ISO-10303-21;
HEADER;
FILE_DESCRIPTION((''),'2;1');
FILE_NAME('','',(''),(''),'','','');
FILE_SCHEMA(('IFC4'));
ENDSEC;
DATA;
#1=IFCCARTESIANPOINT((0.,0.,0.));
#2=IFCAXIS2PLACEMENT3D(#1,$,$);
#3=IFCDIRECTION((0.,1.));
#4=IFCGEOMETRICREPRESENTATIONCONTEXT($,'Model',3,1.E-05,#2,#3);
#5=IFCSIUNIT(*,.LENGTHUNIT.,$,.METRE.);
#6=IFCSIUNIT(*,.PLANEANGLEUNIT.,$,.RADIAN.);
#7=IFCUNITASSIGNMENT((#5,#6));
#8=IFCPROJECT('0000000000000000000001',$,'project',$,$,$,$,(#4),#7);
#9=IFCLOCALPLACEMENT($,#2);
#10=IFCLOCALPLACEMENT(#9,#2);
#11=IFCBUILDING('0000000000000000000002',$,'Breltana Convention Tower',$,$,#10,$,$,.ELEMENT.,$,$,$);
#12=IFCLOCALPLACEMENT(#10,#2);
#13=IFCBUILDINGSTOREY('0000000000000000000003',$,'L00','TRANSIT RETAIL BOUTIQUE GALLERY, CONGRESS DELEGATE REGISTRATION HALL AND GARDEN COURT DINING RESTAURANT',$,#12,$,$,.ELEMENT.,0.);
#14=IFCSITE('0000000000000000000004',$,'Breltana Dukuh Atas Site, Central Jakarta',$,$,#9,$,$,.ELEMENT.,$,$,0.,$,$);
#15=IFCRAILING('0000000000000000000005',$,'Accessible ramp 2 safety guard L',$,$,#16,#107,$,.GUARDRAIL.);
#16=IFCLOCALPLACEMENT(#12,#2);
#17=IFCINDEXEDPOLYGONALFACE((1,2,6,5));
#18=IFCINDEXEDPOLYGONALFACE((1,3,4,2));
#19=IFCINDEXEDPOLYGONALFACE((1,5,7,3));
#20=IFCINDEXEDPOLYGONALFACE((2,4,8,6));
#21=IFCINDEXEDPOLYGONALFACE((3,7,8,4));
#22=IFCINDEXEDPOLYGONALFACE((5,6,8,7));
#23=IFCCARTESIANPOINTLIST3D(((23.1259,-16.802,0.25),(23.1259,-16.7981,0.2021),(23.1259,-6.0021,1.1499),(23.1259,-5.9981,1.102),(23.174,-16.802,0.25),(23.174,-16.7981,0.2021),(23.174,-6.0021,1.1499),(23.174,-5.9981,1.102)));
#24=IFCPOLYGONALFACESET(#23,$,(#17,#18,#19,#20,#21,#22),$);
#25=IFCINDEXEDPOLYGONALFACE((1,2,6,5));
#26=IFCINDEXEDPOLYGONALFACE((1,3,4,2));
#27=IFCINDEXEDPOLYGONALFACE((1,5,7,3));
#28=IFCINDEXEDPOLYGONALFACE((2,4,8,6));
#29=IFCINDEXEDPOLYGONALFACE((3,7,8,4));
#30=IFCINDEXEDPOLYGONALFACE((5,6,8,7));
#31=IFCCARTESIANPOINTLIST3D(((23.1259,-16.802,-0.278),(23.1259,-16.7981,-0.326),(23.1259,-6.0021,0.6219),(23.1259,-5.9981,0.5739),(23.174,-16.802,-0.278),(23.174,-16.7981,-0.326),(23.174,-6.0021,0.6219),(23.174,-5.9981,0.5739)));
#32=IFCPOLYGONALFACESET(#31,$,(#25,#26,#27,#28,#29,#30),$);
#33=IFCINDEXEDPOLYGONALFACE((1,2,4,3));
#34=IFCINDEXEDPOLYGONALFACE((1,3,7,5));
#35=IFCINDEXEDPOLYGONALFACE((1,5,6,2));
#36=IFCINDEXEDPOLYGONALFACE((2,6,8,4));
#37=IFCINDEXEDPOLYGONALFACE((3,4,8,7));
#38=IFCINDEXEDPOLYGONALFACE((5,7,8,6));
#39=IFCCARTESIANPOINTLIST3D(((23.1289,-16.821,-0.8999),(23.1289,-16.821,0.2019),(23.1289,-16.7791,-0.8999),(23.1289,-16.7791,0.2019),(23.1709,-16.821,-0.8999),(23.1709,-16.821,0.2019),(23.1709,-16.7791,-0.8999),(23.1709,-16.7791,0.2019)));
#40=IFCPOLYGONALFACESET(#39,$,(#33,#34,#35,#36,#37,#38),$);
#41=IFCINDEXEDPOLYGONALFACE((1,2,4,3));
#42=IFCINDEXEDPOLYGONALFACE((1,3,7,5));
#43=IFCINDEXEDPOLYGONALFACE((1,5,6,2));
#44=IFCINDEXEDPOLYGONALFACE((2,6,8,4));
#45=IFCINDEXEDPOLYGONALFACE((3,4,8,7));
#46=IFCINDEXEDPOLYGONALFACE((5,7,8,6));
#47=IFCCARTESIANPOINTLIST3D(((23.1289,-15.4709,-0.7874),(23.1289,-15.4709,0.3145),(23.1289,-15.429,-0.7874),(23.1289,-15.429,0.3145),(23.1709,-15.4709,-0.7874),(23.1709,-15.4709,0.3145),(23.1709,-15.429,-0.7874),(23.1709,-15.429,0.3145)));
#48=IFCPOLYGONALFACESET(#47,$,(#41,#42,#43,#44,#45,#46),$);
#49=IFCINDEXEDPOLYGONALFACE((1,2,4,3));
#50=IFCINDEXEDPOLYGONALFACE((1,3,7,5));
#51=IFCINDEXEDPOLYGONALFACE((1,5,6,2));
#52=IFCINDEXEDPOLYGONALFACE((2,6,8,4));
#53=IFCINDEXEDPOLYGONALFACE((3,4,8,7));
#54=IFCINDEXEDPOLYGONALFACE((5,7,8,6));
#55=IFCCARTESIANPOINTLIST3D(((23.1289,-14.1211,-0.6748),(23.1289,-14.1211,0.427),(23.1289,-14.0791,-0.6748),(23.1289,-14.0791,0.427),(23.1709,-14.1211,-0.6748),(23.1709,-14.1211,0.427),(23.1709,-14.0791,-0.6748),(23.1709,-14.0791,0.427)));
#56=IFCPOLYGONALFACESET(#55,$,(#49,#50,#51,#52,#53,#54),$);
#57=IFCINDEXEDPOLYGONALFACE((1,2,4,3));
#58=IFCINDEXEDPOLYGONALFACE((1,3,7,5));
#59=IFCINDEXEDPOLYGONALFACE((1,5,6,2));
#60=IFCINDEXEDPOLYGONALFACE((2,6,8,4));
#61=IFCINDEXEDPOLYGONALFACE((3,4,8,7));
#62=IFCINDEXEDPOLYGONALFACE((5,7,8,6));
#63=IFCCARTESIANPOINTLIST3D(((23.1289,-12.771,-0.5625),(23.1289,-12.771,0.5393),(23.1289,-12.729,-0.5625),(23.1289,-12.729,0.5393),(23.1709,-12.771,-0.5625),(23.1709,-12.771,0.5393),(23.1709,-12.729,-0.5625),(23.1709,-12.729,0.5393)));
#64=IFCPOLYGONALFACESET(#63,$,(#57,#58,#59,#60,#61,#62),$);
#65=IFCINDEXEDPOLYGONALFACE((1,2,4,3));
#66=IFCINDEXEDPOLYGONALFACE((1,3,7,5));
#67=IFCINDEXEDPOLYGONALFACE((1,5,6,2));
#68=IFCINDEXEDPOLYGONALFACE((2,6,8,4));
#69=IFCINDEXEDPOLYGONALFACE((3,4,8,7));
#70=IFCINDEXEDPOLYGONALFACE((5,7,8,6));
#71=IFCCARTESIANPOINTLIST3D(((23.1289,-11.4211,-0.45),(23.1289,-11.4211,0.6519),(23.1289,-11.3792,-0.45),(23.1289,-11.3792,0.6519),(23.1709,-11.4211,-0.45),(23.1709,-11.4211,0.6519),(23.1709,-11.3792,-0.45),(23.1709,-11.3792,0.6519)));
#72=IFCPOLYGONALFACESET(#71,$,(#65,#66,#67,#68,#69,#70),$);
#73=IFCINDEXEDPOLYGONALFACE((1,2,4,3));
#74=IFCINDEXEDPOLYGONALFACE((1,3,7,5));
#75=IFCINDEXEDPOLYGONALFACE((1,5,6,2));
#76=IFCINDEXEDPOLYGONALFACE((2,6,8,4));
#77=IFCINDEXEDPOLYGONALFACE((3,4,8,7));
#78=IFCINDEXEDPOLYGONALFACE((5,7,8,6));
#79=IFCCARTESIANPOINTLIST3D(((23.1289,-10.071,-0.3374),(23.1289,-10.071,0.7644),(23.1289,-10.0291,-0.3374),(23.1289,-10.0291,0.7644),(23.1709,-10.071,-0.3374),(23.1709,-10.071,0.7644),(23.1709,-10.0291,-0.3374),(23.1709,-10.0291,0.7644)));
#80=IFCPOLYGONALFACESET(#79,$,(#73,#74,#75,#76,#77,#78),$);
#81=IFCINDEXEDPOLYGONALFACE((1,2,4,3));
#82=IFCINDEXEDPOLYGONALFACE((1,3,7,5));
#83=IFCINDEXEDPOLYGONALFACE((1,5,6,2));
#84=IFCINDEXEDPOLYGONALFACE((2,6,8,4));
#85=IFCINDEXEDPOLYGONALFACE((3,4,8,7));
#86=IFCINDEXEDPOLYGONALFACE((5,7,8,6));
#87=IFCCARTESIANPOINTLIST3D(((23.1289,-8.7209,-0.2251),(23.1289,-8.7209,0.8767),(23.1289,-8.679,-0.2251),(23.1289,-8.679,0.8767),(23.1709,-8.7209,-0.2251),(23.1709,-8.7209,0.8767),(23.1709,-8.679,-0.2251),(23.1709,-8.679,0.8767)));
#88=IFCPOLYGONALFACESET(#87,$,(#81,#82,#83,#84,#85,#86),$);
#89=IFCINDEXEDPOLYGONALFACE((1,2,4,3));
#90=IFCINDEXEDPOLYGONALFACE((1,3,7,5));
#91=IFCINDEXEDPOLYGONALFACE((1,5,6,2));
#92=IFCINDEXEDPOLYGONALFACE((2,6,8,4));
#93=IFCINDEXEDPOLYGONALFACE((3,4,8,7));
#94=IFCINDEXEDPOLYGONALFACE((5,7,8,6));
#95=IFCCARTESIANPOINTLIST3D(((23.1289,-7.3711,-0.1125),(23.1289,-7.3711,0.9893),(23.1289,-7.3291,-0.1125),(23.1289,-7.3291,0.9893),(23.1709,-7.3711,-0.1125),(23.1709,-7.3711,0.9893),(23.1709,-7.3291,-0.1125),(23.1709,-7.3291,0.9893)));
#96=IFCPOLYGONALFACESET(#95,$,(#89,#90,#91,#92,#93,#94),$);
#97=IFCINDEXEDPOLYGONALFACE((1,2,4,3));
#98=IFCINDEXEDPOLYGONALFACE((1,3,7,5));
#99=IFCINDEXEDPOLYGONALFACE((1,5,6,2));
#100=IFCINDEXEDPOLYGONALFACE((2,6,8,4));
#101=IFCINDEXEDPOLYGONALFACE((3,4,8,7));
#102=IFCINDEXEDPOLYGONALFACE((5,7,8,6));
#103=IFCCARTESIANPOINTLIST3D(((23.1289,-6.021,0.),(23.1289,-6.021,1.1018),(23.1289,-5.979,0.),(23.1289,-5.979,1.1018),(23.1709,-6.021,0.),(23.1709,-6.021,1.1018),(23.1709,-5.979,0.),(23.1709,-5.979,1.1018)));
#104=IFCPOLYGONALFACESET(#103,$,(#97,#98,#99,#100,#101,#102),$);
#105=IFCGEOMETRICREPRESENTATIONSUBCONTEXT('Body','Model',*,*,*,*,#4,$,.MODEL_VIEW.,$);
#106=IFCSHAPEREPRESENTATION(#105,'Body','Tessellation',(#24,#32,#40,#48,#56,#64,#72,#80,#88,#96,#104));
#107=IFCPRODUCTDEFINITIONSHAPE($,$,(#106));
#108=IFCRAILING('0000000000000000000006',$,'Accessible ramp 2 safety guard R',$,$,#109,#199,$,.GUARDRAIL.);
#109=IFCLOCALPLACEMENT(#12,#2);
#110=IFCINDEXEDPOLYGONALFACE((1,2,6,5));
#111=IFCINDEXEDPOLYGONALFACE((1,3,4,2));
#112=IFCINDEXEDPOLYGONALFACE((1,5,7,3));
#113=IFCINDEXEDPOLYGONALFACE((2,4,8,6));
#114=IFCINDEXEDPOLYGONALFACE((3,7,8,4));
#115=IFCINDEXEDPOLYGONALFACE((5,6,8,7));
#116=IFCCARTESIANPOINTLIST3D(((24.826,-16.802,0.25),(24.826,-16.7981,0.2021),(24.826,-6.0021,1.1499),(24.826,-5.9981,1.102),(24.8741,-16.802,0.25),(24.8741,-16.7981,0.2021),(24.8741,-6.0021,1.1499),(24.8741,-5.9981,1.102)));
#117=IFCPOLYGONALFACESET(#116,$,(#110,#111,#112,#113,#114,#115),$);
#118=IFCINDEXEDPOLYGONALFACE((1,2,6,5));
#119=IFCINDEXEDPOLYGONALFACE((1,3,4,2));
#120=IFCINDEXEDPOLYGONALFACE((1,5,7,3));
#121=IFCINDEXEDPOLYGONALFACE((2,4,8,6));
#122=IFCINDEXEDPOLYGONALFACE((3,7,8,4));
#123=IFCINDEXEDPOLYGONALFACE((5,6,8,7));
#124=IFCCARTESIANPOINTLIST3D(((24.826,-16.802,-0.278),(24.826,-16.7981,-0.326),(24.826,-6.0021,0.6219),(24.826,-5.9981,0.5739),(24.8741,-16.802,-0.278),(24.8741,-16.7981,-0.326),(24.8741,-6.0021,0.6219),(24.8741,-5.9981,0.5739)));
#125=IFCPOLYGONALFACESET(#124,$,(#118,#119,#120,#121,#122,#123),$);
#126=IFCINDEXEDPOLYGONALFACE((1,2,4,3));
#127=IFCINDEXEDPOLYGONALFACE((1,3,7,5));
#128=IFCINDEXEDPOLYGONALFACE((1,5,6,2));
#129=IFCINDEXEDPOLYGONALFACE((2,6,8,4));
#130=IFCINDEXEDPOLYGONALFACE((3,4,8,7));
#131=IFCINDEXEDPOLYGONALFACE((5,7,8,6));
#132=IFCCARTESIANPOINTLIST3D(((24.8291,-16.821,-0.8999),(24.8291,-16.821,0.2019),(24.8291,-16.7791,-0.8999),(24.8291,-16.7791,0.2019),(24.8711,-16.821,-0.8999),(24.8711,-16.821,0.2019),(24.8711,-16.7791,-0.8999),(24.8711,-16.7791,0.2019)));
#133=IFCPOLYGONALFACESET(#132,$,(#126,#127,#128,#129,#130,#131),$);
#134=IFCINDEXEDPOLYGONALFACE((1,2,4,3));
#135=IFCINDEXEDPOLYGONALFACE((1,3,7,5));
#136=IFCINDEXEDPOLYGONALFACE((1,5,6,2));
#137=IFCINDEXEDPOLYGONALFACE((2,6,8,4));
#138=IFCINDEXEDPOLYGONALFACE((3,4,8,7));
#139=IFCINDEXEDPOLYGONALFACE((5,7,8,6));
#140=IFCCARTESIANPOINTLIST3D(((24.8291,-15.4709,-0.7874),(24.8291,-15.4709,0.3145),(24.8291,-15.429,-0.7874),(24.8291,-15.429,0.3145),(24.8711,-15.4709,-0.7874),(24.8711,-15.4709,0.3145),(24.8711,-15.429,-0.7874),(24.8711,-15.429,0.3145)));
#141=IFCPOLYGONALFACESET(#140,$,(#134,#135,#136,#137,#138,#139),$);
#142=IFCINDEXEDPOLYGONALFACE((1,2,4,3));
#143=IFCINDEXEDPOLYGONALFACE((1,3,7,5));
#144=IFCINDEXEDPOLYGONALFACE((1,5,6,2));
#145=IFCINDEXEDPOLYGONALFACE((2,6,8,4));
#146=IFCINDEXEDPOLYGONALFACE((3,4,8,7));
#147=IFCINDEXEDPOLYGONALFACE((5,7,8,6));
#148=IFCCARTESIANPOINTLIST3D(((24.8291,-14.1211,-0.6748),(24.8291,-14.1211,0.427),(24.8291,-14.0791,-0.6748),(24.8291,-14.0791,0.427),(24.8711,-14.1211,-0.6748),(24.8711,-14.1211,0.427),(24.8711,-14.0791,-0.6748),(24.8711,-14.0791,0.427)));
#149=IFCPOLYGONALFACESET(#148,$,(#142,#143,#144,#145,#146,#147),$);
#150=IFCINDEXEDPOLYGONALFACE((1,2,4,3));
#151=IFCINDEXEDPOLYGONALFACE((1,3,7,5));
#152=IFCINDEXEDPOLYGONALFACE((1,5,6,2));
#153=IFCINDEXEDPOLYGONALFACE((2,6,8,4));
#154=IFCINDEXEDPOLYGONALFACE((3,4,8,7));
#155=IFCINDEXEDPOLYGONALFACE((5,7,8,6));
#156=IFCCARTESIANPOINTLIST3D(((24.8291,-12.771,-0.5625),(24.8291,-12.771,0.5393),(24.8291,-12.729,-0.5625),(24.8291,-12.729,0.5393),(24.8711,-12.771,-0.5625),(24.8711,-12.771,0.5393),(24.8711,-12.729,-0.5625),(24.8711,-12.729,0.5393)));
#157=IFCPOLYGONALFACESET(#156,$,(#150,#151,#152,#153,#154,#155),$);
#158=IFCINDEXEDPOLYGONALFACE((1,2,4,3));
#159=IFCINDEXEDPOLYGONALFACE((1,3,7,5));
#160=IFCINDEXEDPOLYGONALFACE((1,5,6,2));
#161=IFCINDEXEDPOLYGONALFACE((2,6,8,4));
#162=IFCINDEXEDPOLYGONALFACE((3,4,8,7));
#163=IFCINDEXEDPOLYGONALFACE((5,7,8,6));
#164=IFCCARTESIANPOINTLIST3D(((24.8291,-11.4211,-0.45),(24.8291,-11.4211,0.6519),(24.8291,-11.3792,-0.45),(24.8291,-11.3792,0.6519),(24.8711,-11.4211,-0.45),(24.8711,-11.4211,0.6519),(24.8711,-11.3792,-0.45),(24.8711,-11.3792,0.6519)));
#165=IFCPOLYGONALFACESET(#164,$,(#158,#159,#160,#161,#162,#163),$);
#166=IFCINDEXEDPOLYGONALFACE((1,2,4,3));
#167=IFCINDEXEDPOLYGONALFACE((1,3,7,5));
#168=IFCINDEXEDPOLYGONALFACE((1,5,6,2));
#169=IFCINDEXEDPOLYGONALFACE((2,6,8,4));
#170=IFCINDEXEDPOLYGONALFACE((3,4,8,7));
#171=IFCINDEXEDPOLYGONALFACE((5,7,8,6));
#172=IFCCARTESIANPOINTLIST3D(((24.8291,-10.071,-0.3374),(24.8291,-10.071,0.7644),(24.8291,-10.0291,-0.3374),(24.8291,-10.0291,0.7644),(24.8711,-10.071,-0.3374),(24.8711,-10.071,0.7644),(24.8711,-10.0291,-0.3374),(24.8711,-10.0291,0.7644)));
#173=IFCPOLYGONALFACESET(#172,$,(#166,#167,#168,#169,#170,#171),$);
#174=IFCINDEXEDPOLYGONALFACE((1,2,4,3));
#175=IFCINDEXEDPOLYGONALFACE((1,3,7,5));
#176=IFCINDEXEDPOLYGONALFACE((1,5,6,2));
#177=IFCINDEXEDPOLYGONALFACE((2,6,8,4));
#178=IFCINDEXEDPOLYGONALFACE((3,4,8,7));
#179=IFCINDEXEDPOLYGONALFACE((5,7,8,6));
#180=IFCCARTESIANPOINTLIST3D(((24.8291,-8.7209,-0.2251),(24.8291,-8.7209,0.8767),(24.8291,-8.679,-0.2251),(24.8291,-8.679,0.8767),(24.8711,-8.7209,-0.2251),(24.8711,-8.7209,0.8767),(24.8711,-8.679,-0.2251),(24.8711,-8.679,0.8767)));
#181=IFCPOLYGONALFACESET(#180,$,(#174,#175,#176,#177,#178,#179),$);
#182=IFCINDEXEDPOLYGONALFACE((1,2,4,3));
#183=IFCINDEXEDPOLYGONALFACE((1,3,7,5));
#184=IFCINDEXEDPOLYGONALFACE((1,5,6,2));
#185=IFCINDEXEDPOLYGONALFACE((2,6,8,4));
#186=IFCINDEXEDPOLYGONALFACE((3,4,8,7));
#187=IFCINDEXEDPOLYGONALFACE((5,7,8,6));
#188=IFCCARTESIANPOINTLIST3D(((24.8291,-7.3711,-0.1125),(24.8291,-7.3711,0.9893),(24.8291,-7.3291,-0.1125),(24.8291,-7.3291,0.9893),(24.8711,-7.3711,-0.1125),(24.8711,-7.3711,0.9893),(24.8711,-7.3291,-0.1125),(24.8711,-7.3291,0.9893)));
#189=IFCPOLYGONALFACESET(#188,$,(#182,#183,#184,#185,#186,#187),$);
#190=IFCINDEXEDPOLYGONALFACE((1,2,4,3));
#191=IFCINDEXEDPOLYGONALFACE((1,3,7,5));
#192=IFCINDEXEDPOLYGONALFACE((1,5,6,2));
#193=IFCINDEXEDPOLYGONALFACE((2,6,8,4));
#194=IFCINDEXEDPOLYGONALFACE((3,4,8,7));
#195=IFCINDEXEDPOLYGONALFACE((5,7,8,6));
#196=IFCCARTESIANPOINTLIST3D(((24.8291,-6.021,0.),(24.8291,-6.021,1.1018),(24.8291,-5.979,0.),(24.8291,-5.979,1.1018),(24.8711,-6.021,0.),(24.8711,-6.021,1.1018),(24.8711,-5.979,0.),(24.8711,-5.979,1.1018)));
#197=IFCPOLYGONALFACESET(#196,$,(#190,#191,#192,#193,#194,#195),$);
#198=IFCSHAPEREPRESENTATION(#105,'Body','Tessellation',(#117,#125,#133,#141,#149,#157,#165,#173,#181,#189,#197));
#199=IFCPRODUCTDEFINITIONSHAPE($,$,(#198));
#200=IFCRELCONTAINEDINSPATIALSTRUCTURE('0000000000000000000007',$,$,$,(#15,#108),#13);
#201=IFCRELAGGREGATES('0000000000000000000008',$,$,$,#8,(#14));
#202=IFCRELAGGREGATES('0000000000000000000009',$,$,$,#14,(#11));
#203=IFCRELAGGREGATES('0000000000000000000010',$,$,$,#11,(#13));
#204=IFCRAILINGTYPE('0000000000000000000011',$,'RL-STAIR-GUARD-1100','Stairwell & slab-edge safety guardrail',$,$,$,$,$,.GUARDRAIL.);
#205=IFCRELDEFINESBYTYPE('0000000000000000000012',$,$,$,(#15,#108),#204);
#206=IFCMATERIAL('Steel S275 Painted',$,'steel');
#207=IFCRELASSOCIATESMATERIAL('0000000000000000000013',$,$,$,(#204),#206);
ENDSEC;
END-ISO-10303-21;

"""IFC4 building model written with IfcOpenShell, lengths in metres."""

from ifc_helpers import new_model, si_unit, direction, frame, origin, origin_2d, place, context, subcontext, project, spatial, rectangle, extrude, material, type_object, element, save


model = new_model("IFC4")

# Units and contexts
model_context = context("Model", 3, precision=1e-05, world=origin(), true_north=direction((0.0, 1.0)))
body_context = subcontext(model_context, "Body", "Model", "MODEL_VIEW")
ifc_project = project(units=[si_unit("LENGTHUNIT", "METRE"), si_unit("PLANEANGLEUNIT", "RADIAN")], contexts=[model_context])

# Site, building, storey
site_placement = place(None, origin())
site = spatial("IfcSite", under=ifc_project, at=site_placement, Name="Breltana Dukuh Atas Site, Central Jakarta", CompositionType="ELEMENT", RefElevation=0.0)
building_placement = place(site_placement, origin())
building = spatial("IfcBuilding", under=site, at=building_placement, Name="Breltana Convention Tower", CompositionType="ELEMENT")
storey_placement = place(building_placement, origin())
storey = spatial("IfcBuildingStorey", under=building, at=storey_placement, Name="L00", Description="TRANSIT RETAIL BOUTIQUE GALLERY, CONGRESS DELEGATE REGISTRATION HALL AND GARDEN COURT DINING RESTAURANT", CompositionType="ELEMENT", Elevation=0.0)

# Railings
ifc_material_1 = material(Name="Steel S275 Painted", Category="steel")
railing_type = type_object("IfcRailingType", Name="RL-STAIR-GUARD-1100", Description="Stairwell & slab-edge safety guardrail", PredefinedType="GUARDRAIL", material=ifc_material_1)
railing_1_placement = place(storey_placement, frame((23.1499, -16.8, -0.8999)))
element("IfcRailing", 1, at=railing_1_placement, inside=storey, type_object=railing_type, Name="Accessible ramp 2 safety guard L", PredefinedType="GUARDRAIL", context=body_context, shape_type="SweptSolid", body=[
    extrude(rectangle(XDim=0.0481, YDim=0.0481, at=origin_2d()), frame((0.0, 0.0, 1.126), z_axis=(0.0, 0.996547, 0.083036), x_axis=(-1.0, 0.0, 0.0)), (0.0, 0.0, 1.0), 10.8374),
    extrude(rectangle(XDim=0.0481, YDim=0.0481, at=origin_2d()), frame((0.0, 0.0, 0.5979), z_axis=(0.0, 0.996547, 0.083036), x_axis=(-1.0, 0.0, 0.0)), (0.0, 0.0, 1.0), 10.8374),
    extrude(rectangle(XDim=0.042, YDim=0.042, at=origin_2d()), origin(), (0.0, 0.0, 1.0), 1.1018),
    extrude(rectangle(XDim=0.042, YDim=0.042, at=origin_2d()), frame((0.0, 1.3501, 0.1125)), (0.0, 0.0, 1.0), 1.1018),
    extrude(rectangle(XDim=0.042, YDim=0.042, at=origin_2d()), frame((0.0, 2.7, 0.2251)), (0.0, 0.0, 1.0), 1.1018),
    extrude(rectangle(XDim=0.042, YDim=0.042, at=origin_2d()), frame((0.0, 4.05, 0.3374)), (0.0, 0.0, 1.0), 1.1018),
    extrude(rectangle(XDim=0.042, YDim=0.042, at=origin_2d()), frame((0.0, 5.3999, 0.45)), (0.0, 0.0, 1.0), 1.1018),
    extrude(rectangle(XDim=0.042, YDim=0.042, at=origin_2d()), frame((0.0, 6.75, 0.5625)), (0.0, 0.0, 1.0), 1.1018),
    extrude(rectangle(XDim=0.042, YDim=0.042, at=origin_2d()), frame((0.0, 8.1001, 0.6748)), (0.0, 0.0, 1.0), 1.1018),
    extrude(rectangle(XDim=0.042, YDim=0.042, at=origin_2d()), frame((0.0, 9.45, 0.7874)), (0.0, 0.0, 1.0), 1.1018),
    extrude(rectangle(XDim=0.042, YDim=0.042, at=origin_2d()), frame((0.0, 10.8, 0.8999)), (0.0, 0.0, 1.0), 1.1018),
])
railing_2_placement = place(storey_placement, frame((24.8501, -16.8, -0.8999)))
element("IfcRailing", 2, at=railing_2_placement, inside=storey, type_object=railing_type, Name="Accessible ramp 2 safety guard R", PredefinedType="GUARDRAIL", context=body_context, shape_type="SweptSolid", body=[
    extrude(rectangle(XDim=0.0481, YDim=0.0481, at=origin_2d()), frame((0.0, 0.0, 1.126), z_axis=(0.0, 0.996547, 0.083036), x_axis=(-1.0, 0.0, 0.0)), (0.0, 0.0, 1.0), 10.8374),
    extrude(rectangle(XDim=0.0481, YDim=0.0481, at=origin_2d()), frame((0.0, 0.0, 0.5979), z_axis=(0.0, 0.996547, 0.083036), x_axis=(-1.0, 0.0, 0.0)), (0.0, 0.0, 1.0), 10.8374),
    extrude(rectangle(XDim=0.042, YDim=0.042, at=origin_2d()), origin(), (0.0, 0.0, 1.0), 1.1018),
    extrude(rectangle(XDim=0.042, YDim=0.042, at=origin_2d()), frame((0.0, 1.3501, 0.1125)), (0.0, 0.0, 1.0), 1.1018),
    extrude(rectangle(XDim=0.042, YDim=0.042, at=origin_2d()), frame((0.0, 2.7, 0.2251)), (0.0, 0.0, 1.0), 1.1018),
    extrude(rectangle(XDim=0.042, YDim=0.042, at=origin_2d()), frame((0.0, 4.05, 0.3374)), (0.0, 0.0, 1.0), 1.1018),
    extrude(rectangle(XDim=0.042, YDim=0.042, at=origin_2d()), frame((0.0, 5.3999, 0.45)), (0.0, 0.0, 1.0), 1.1018),
    extrude(rectangle(XDim=0.042, YDim=0.042, at=origin_2d()), frame((0.0, 6.75, 0.5625)), (0.0, 0.0, 1.0), 1.1018),
    extrude(rectangle(XDim=0.042, YDim=0.042, at=origin_2d()), frame((0.0, 8.1001, 0.6748)), (0.0, 0.0, 1.0), 1.1018),
    extrude(rectangle(XDim=0.042, YDim=0.042, at=origin_2d()), frame((0.0, 9.45, 0.7874)), (0.0, 0.0, 1.0), 1.1018),
    extrude(rectangle(XDim=0.042, YDim=0.042, at=origin_2d()), frame((0.0, 10.8, 0.8999)), (0.0, 0.0, 1.0), 1.1018),
])

save(model, "model.ifc")
